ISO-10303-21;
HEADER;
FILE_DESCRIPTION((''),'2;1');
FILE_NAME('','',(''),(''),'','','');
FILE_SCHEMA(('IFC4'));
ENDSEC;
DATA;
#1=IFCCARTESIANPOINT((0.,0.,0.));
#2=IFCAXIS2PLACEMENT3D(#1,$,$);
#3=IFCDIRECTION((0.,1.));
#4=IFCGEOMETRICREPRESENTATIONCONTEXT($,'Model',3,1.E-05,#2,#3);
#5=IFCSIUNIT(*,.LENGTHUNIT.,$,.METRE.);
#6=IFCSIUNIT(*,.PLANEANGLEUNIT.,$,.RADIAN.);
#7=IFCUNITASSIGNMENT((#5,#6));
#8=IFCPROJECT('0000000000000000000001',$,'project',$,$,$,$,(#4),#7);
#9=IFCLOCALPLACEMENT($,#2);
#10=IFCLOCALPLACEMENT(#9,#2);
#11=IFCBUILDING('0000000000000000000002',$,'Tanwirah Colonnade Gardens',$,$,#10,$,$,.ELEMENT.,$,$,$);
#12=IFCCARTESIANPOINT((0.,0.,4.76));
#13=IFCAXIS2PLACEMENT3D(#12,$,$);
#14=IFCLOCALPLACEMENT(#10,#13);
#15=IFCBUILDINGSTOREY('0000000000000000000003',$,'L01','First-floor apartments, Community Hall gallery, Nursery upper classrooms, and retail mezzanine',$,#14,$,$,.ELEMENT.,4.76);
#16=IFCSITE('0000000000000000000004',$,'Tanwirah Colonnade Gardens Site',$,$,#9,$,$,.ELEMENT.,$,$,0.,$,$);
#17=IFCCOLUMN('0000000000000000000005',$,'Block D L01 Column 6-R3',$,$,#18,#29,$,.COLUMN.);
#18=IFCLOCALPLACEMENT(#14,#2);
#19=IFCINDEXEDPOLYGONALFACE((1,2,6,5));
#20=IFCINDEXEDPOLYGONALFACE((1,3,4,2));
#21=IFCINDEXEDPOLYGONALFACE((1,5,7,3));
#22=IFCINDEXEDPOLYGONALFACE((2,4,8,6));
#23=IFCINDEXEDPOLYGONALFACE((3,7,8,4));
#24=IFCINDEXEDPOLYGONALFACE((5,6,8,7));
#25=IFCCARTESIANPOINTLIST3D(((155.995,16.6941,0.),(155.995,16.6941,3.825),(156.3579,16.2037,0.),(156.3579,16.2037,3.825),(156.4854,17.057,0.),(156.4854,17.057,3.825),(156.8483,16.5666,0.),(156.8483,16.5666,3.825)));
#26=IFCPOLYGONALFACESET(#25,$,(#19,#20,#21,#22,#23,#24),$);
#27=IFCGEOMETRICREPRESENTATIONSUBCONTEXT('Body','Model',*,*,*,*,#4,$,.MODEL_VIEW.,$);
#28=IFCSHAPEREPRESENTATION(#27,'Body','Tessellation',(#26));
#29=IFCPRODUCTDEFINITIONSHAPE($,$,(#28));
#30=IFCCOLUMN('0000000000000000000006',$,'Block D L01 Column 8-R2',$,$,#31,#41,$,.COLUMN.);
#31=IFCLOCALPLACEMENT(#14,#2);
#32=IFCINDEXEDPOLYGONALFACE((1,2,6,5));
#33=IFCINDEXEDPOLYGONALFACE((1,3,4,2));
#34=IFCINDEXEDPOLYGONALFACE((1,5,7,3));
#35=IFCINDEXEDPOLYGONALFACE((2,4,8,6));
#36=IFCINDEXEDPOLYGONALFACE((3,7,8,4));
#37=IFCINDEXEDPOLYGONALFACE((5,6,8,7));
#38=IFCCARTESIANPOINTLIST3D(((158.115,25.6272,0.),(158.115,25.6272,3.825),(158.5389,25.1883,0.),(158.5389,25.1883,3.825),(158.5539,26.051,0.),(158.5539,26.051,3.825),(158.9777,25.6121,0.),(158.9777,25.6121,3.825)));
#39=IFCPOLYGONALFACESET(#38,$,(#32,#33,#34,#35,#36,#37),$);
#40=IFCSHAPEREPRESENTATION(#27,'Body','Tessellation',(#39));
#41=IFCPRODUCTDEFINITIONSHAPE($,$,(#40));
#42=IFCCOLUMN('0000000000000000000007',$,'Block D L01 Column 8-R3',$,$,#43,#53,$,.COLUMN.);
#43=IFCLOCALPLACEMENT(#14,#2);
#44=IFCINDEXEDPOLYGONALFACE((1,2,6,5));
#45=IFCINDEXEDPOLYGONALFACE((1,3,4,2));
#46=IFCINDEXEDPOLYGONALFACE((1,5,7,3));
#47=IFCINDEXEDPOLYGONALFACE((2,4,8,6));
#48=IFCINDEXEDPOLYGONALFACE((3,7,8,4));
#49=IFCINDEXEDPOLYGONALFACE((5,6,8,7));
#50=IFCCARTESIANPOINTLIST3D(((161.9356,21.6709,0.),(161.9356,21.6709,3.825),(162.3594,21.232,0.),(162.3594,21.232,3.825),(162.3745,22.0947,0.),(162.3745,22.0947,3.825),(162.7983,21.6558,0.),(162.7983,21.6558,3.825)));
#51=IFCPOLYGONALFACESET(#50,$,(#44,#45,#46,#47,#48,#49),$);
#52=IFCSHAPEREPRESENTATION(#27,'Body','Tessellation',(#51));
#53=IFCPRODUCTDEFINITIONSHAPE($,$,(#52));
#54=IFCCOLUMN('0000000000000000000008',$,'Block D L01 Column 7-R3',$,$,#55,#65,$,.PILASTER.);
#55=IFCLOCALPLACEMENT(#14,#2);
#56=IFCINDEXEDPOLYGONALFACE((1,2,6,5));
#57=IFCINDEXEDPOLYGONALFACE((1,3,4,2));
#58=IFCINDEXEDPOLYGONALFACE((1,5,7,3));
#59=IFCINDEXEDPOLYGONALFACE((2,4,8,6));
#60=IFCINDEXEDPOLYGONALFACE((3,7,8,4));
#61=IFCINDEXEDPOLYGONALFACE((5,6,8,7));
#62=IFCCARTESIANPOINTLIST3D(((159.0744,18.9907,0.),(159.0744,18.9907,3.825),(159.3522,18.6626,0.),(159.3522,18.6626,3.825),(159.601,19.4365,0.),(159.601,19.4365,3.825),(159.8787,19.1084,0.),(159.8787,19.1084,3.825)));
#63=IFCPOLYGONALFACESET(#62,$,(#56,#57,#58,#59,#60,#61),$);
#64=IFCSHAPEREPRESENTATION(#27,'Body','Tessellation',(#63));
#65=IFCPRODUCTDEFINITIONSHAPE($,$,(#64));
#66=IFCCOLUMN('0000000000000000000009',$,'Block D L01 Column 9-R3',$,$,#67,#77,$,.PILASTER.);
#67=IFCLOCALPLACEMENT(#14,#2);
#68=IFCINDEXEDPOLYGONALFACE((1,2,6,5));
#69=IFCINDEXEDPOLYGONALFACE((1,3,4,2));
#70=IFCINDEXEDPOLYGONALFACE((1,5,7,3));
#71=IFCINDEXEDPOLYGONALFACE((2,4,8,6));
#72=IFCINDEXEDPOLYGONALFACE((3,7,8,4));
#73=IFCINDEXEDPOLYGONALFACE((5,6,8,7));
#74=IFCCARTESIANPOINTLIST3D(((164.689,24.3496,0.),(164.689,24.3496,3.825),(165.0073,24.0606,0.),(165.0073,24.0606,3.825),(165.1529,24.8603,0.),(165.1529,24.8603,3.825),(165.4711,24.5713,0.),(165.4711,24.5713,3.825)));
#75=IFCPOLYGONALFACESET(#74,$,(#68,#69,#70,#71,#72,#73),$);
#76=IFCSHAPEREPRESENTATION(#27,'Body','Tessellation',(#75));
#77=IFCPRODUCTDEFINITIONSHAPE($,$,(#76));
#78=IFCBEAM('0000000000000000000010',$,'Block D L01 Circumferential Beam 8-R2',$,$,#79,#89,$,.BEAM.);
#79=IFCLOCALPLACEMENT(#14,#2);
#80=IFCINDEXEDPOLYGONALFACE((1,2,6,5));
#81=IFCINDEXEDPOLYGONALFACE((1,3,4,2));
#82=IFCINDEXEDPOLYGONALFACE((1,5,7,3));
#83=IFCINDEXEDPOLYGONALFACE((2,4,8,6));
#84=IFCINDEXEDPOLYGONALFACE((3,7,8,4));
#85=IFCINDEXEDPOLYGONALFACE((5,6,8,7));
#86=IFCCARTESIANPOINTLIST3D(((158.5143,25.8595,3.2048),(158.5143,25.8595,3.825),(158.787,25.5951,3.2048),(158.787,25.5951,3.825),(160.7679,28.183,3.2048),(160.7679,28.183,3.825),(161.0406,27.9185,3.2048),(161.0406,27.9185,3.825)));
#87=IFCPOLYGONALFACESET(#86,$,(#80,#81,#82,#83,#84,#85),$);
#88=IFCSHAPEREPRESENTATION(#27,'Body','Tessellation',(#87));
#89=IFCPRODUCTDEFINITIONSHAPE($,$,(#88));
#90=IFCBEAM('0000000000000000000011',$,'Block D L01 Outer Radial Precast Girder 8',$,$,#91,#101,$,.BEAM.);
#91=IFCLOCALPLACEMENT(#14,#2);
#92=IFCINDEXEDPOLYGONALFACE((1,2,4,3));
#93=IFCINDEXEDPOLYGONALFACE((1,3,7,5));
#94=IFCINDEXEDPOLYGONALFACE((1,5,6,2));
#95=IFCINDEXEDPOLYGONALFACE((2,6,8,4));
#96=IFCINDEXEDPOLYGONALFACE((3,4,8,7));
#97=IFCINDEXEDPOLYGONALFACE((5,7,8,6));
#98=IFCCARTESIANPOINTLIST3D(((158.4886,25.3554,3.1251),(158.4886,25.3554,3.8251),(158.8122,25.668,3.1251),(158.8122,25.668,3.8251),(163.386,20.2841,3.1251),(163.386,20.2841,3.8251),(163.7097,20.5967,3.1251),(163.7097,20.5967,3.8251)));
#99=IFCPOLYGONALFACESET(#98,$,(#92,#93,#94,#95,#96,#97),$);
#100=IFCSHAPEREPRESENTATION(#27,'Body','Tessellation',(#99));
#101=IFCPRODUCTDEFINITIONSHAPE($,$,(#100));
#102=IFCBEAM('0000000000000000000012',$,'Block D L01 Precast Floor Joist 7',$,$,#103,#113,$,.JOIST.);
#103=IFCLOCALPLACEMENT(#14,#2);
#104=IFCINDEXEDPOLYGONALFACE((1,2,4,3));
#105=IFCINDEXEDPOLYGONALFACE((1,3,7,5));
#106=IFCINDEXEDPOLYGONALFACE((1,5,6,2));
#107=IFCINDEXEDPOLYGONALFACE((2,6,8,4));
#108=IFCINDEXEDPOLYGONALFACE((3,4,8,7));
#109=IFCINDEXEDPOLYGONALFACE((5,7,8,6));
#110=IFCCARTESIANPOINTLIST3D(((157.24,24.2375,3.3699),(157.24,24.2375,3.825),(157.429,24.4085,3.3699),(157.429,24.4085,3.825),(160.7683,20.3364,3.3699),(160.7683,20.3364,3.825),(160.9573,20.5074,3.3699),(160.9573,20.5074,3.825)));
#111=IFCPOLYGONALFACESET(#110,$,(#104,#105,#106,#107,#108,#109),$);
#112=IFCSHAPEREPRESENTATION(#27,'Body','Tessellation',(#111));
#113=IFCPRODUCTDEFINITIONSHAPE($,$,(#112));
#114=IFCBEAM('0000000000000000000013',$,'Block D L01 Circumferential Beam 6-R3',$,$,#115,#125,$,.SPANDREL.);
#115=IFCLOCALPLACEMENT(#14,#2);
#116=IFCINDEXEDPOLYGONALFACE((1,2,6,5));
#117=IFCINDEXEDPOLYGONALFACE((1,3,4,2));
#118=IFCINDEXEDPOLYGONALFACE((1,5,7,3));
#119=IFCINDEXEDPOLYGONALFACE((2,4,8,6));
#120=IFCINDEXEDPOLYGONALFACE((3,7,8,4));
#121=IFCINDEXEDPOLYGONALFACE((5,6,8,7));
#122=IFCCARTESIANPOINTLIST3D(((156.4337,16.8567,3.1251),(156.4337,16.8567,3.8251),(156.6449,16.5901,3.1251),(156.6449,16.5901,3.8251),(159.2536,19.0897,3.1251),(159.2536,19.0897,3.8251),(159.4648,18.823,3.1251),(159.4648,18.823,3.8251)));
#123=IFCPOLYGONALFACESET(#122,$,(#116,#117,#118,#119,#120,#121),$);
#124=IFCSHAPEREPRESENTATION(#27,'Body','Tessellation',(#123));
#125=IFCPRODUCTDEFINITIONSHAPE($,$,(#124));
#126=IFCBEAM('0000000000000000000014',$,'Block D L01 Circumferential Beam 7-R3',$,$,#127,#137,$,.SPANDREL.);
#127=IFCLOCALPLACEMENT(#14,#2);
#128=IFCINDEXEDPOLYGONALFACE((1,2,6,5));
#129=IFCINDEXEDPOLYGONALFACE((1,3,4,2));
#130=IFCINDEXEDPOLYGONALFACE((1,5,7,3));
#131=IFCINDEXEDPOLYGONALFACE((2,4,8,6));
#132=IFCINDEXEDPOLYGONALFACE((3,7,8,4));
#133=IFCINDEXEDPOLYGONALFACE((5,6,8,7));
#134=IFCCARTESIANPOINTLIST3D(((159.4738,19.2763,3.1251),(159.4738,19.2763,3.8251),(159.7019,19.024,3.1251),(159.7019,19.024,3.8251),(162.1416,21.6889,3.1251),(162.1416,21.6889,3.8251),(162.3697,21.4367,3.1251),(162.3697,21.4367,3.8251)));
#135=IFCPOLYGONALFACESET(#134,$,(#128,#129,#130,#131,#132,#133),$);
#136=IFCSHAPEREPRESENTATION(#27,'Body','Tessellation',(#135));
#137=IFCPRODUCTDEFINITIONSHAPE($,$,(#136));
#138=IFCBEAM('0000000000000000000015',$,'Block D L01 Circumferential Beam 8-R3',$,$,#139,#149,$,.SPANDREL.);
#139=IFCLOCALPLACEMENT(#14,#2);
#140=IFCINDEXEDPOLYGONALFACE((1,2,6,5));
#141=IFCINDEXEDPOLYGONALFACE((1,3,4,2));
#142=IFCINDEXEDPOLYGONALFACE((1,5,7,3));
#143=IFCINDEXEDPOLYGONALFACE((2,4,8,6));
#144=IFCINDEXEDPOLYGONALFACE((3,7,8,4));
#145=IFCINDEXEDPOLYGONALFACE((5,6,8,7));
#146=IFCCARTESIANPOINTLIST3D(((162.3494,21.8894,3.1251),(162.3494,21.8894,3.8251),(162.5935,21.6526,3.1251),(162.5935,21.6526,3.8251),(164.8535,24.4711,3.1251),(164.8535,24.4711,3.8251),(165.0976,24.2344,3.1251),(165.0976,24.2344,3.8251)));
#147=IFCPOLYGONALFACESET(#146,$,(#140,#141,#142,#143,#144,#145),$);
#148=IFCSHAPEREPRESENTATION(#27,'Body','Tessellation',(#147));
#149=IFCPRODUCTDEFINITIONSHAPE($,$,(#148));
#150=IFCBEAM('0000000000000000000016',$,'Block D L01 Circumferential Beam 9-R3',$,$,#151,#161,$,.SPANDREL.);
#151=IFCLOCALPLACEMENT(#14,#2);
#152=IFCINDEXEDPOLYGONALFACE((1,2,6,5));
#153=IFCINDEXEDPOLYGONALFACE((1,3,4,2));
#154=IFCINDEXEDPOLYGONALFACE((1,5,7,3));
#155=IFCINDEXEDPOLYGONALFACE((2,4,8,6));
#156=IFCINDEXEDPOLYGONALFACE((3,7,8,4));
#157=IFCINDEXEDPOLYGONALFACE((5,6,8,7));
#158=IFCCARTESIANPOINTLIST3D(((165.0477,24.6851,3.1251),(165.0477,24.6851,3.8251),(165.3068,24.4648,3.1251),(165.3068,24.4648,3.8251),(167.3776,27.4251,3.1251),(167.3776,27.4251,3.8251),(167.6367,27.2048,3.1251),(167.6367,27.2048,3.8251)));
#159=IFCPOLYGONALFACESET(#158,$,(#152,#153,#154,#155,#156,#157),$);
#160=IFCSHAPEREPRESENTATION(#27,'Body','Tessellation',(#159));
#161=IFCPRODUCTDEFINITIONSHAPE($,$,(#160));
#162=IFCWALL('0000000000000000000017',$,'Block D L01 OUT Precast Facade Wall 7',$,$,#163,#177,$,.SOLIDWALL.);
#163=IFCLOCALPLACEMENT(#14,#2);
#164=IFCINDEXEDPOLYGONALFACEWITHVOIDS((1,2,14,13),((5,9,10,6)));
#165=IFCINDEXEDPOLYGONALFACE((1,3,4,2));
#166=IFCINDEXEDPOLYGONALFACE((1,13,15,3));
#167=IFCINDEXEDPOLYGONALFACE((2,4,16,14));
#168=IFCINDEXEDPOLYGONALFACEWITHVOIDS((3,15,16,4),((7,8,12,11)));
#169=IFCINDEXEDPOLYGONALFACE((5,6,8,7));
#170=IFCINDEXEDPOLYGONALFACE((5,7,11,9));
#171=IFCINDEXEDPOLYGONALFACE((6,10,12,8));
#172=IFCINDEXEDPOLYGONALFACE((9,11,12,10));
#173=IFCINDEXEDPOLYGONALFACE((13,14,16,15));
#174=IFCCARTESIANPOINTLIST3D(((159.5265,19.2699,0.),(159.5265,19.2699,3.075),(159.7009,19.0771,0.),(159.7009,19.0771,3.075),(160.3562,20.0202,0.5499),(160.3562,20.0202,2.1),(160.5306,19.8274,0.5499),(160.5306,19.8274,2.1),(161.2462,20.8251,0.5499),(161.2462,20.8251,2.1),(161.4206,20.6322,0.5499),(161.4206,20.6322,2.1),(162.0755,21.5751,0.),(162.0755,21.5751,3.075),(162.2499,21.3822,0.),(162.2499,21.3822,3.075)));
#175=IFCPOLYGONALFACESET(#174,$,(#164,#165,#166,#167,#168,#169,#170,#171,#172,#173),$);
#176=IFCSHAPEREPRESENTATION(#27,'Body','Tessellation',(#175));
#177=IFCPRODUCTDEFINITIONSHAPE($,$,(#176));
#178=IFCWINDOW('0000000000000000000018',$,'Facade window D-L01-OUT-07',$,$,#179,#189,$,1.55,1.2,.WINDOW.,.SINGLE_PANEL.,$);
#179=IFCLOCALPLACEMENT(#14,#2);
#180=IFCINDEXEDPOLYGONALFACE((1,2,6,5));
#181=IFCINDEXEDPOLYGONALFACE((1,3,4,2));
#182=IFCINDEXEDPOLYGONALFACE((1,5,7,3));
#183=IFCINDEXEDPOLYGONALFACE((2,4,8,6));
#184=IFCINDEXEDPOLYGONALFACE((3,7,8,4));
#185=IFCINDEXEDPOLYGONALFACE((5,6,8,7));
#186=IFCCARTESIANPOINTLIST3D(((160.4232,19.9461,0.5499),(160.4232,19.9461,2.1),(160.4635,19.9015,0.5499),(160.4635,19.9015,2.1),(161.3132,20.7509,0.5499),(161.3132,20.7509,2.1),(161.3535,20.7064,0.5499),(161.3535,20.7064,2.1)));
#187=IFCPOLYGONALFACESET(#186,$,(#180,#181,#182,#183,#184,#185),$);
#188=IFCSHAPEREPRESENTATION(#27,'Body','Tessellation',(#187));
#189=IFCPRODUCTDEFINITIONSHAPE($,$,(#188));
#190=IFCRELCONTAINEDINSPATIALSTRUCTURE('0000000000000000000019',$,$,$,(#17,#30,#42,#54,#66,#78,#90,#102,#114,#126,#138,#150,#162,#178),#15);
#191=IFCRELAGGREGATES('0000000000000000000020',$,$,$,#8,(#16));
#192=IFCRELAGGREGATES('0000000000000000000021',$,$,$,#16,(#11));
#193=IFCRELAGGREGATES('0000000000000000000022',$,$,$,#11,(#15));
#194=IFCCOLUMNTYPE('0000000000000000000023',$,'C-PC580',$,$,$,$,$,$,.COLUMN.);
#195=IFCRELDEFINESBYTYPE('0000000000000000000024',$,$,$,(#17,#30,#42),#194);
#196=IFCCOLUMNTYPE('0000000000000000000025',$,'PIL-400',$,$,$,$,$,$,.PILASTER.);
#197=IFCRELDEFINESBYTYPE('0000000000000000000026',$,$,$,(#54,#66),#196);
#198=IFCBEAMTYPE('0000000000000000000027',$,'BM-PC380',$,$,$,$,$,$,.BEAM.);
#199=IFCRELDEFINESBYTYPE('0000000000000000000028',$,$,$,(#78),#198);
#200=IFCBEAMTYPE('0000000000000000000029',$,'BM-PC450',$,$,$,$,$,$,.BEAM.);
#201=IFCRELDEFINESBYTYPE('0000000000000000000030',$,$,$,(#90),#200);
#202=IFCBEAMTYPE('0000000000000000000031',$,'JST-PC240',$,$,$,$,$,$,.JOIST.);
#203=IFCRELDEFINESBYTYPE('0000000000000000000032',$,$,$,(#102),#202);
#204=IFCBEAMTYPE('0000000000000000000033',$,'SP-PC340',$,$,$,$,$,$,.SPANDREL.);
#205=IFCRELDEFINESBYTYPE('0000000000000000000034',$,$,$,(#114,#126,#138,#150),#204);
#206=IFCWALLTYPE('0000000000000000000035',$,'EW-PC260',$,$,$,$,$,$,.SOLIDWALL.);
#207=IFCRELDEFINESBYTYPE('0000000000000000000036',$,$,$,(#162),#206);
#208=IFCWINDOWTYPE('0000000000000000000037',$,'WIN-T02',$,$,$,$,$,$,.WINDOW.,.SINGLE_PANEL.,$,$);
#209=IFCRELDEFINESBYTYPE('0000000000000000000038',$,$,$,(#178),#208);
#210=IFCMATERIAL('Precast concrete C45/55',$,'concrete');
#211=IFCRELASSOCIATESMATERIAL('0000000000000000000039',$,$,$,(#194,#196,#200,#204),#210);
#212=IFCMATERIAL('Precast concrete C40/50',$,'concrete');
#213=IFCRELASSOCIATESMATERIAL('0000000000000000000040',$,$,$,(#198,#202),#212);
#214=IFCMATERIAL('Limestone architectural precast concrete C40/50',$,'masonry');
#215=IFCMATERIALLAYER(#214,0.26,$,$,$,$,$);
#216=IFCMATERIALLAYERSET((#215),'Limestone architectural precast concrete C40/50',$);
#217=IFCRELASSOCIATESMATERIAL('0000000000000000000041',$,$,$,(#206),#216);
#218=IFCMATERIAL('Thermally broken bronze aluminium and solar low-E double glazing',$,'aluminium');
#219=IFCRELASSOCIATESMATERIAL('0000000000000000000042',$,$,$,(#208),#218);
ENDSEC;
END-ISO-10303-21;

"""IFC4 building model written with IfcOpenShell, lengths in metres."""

from ifc_helpers import new_model, si_unit, direction, frame, frame_2d, origin, origin_2d, place, context, subcontext, project, spatial, rectangle, extrude, material, layer, layer_set, material_profile, profile_set, type_object, element, fill, save


model = new_model("IFC4")

# Units and contexts
model_context = context("Model", 3, precision=1e-05, world=origin(), true_north=direction((0.0, 1.0)))
body_context = subcontext(model_context, "Body", "Model", "MODEL_VIEW")
ifc_project = project(units=[si_unit("LENGTHUNIT", "METRE"), si_unit("PLANEANGLEUNIT", "RADIAN")], contexts=[model_context])

# Site, building, storey
site_placement = place(None, origin())
site = spatial("IfcSite", under=ifc_project, at=site_placement, Name="Tanwirah Colonnade Gardens Site", CompositionType="ELEMENT", RefElevation=0.0)
building_placement = place(site_placement, origin())
building = spatial("IfcBuilding", under=site, at=building_placement, Name="Tanwirah Colonnade Gardens", CompositionType="ELEMENT")
storey_placement = place(building_placement, frame((0.0, 0.0, 4.76)))
storey = spatial("IfcBuildingStorey", under=building, at=storey_placement, Name="L01", Description="First-floor apartments, Community Hall gallery, Nursery upper classrooms, and retail mezzanine", CompositionType="ELEMENT", Elevation=4.76)

# Columns
ifc_material_1 = material(Name="Precast concrete C45/55", Category="concrete")
ifc_material_profile_1 = material_profile(ifc_material_1, rectangle(XDim=0.6101, YDim=0.6101, at=origin_2d()), Name="PC-COL 610x610")
ifc_profile_set_1 = profile_set([ifc_material_profile_1], Name="Precast concrete C45/55")
column_type_1 = type_object("IfcColumnType", Name="C-PC580", PredefinedType="COLUMN", material=ifc_profile_set_1)
for number, where, z_axis, x_axis, name in (
    (1, (156.4216, 16.6304, 0.0), (0.0, 0.0, 1.0), (0.594823, -0.803857, 0.0), "Block D L01 Column 6-R3"),
    (2, (158.5464, 25.6196, 0.0), (0.0, 0.0, 1.0), (0.694658, -0.71934, 0.0), "Block D L01 Column 8-R2"),
    (3, (162.3669, 21.6633, 0.0), (0.0, 0.0, 1.0), (0.694658, -0.71934, 0.0), "Block D L01 Column 8-R3"),
):
    element("IfcColumn", number, at=place(storey_placement, frame(where, z_axis=z_axis, x_axis=x_axis)), inside=storey, type_object=column_type_1, Name=name, PredefinedType="COLUMN", context=body_context, shape_type="SweptSolid", body=[
        extrude(rectangle(XDim=0.6101, YDim=0.6101, at=origin_2d()), origin(), (0.0, 0.0, 1.0), 3.825),
    ])
ifc_material_profile_2 = material_profile(ifc_material_1, rectangle(XDim=0.4299, YDim=0.6899, at=origin_2d()), Name="PC-PIL 430x690")
ifc_profile_set_2 = profile_set([ifc_material_profile_2], Name="Precast concrete C45/55")
column_type_2 = type_object("IfcColumnType", Name="PIL-400", PredefinedType="PILASTER", material=ifc_profile_set_2)
for number, where, z_axis, x_axis, name in (
    (4, (159.4766, 19.0496, 0.0), (0.0, 0.0, 1.0), (0.646124, -0.763232, 0.0), "Block D L01 Column 7-R3"),
    (5, (165.0801, 24.4604, 0.0), (0.0, 0.0, 1.0), (0.740218, -0.672367, 0.0), "Block D L01 Column 9-R3"),
):
    element("IfcColumn", number, at=place(storey_placement, frame(where, z_axis=z_axis, x_axis=x_axis)), inside=storey, type_object=column_type_2, Name=name, PredefinedType="PILASTER", context=body_context, shape_type="SweptSolid", body=[
        extrude(rectangle(XDim=0.4299, YDim=0.6899, at=origin_2d()), origin(), (0.0, 0.0, 1.0), 3.825),
    ])

# Beams
ifc_material_2 = material(Name="Precast concrete C40/50", Category="concrete")
ifc_material_profile_3 = material_profile(ifc_material_2, rectangle(XDim=0.3799, YDim=0.6201, at=origin_2d()), Name="PC-BM 380x620")
ifc_profile_set_3 = profile_set([ifc_material_profile_3], Name="Precast concrete C40/50")
beam_type_1 = type_object("IfcBeamType", Name="BM-PC380", PredefinedType="BEAM", material=ifc_profile_set_3)
beam_1_placement = place(storey_placement, frame((158.6506, 25.7273, 3.5149), z_axis=(0.696239, 0.71781, 0.0), x_axis=(-0.71781, 0.696239, 0.0)))
element("IfcBeam", 6, at=beam_1_placement, inside=storey, type_object=beam_type_1, Name="Block D L01 Circumferential Beam 8-R2", PredefinedType="BEAM", context=body_context, shape_type="SweptSolid", body=[
    extrude(rectangle(XDim=0.3799, YDim=0.6201, at=origin_2d()), origin(), (0.0, 0.0, 1.0), 3.2368),
])
ifc_material_profile_4 = material_profile(ifc_material_1, rectangle(XDim=0.45, YDim=0.7, at=origin_2d()), Name="PC-BM 450x700")
ifc_profile_set_4 = profile_set([ifc_material_profile_4], Name="Precast concrete C45/55")
beam_type_2 = type_object("IfcBeamType", Name="BM-PC450", PredefinedType="BEAM", material=ifc_profile_set_4)
beam_2_placement = place(storey_placement, frame((158.6504, 25.5117, 3.4751), z_axis=(0.694671, -0.719327, 0.0), x_axis=(0.719327, 0.694671, 0.0)))
element("IfcBeam", 7, at=beam_2_placement, inside=storey, type_object=beam_type_2, Name="Block D L01 Outer Radial Precast Girder 8", PredefinedType="BEAM", context=body_context, shape_type="SweptSolid", body=[
    extrude(rectangle(XDim=0.45, YDim=0.7, at=origin_2d()), origin(), (0.0, 0.0, 1.0), 7.05),
])
ifc_material_profile_5 = material_profile(ifc_material_2, rectangle(XDim=0.2549, YDim=0.4551, at=origin_2d()), Name="PC-JST 255x455")
ifc_profile_set_5 = profile_set([ifc_material_profile_5], Name="Precast concrete C40/50")
beam_type_3 = type_object("IfcBeamType", Name="JST-PC240", PredefinedType="JOIST", material=ifc_profile_set_5)
beam_3_placement = place(storey_placement, frame((157.3345, 24.323, 3.5974), z_axis=(0.670781, -0.741656, 0.0), x_axis=(0.741656, 0.670781, 0.0)))
element("IfcBeam", 8, at=beam_3_placement, inside=storey, type_object=beam_type_3, Name="Block D L01 Precast Floor Joist 7", PredefinedType="JOIST", context=body_context, shape_type="SweptSolid", body=[
    extrude(rectangle(XDim=0.2549, YDim=0.4551, at=origin_2d()), origin(), (0.0, 0.0, 1.0), 5.26),
])
ifc_material_profile_6 = material_profile(ifc_material_1, rectangle(XDim=0.3401, YDim=0.7, at=origin_2d()), Name="PC-SP 340x700")
ifc_profile_set_6 = profile_set([ifc_material_profile_6], Name="Precast concrete C45/55")
beam_type_4 = type_object("IfcBeamType", Name="SP-PC340", PredefinedType="SPANDREL", material=ifc_profile_set_6)
for number, where, z_axis, x_axis, name in (
    (9, (156.5393, 16.7234, 3.4751), (0.783971, 0.620797, 0.0), (-0.620797, 0.783971, 0.0), "Block D L01 Circumferential Beam 6-R3"),
    (10, (159.5879, 19.1501, 3.4751), (0.741682, 0.670752, 0.0), (-0.670752, 0.741682, 0.0), "Block D L01 Circumferential Beam 7-R3"),
):
    element("IfcBeam", number, at=place(storey_placement, frame(where, z_axis=z_axis, x_axis=x_axis)), inside=storey, type_object=beam_type_4, Name=name, PredefinedType="SPANDREL", context=body_context, shape_type="SweptSolid", body=[
        extrude(rectangle(XDim=0.3401, YDim=0.7, at=origin_2d()), origin(), (0.0, 0.0, 1.0), 3.5969),
    ])
for number, where, z_axis, x_axis, name in (
    (11, (162.4714, 21.771, 3.4751), (0.696232, 0.717817, 0.0), (-0.717817, 0.696232, 0.0), "Block D L01 Circumferential Beam 8-R3"),
    (12, (165.1772, 24.575, 3.4751), (0.647784, 0.761824, 0.0), (-0.761824, 0.647784, 0.0), "Block D L01 Circumferential Beam 9-R3"),
):
    element("IfcBeam", number, at=place(storey_placement, frame(where, z_axis=z_axis, x_axis=x_axis)), inside=storey, type_object=beam_type_4, Name=name, PredefinedType="SPANDREL", context=body_context, shape_type="SweptSolid", body=[
        extrude(rectangle(XDim=0.3401, YDim=0.7, at=origin_2d()), origin(), (0.0, 0.0, 1.0), 3.5967),
    ])

# Shared definitions
ifc_material_3 = material(Name="Limestone architectural precast concrete C40/50", Category="masonry")
ifc_layer_1 = layer(ifc_material_3, 0.26)
ifc_layer_set_1 = layer_set([ifc_layer_1], Name="Limestone architectural precast concrete C40/50")
wall_type_1 = type_object("IfcWallType", Name="EW-PC260", PredefinedType="SOLIDWALL", material=ifc_layer_set_1)

# Wall, opening, window
wall_1_placement = place(storey_placement, frame((159.6138, 19.1736, 0.0), z_axis=(0.0, 0.0, 1.0), x_axis=(0.741699, 0.670733, 0.0)))
wall_1 = element("IfcWall", 13, at=wall_1_placement, inside=storey, type_object=wall_type_1, Name="Block D L01 OUT Precast Facade Wall 7", PredefinedType="SOLIDWALL", context=body_context, shape_type="SweptSolid", body=[
    extrude(rectangle(XDim=3.4368, YDim=0.26, at=frame_2d((1.7183, 0.0))), origin(), (0.0, 0.0, 1.0), 3.075),
])
opening_1_placement = place(wall_1_placement, frame((1.1184, 0.0, 0.55)))
opening_1 = element("IfcOpeningElement", 14, at=opening_1_placement, cuts=wall_1, PredefinedType="OPENING", context=body_context, shape_type="SweptSolid", body=[
    extrude(rectangle(XDim=1.2, YDim=1.55, at=frame_2d((0.6001, 0.7749))), frame((0.0, 0.1399, 0.0), z_axis=(0.0, -1.0, 0.0), x_axis=(1.0, 0.0, 0.0)), (0.0, 0.0, 1.0), 0.28),
])
ifc_material_4 = material(Name="Thermally broken bronze aluminium and solar low-E double glazing", Category="aluminium")
window_type_1 = type_object("IfcWindowType", Name="WIN-T02", PartitioningType="SINGLE_PANEL", PredefinedType="WINDOW", material=ifc_material_4)
window_1_placement = place(opening_1_placement, origin())
window_1 = element("IfcWindow", 15, at=window_1_placement, inside=storey, type_object=window_type_1, Name="Facade window D-L01-OUT-07", OverallHeight=1.55, OverallWidth=1.2, PartitioningType="SINGLE_PANEL", PredefinedType="WINDOW", context=body_context, shape_type="SweptSolid", body=[
    extrude(rectangle(XDim=1.2, YDim=1.55, at=frame_2d((0.6001, 0.7749))), frame((0.0, 0.03, 0.0), z_axis=(0.0, -1.0, 0.0), x_axis=(1.0, 0.0, 0.0)), (0.0, 0.0, 1.0), 0.0601),
])
fill(opening_1, window_1)

save(model, "model.ifc")
